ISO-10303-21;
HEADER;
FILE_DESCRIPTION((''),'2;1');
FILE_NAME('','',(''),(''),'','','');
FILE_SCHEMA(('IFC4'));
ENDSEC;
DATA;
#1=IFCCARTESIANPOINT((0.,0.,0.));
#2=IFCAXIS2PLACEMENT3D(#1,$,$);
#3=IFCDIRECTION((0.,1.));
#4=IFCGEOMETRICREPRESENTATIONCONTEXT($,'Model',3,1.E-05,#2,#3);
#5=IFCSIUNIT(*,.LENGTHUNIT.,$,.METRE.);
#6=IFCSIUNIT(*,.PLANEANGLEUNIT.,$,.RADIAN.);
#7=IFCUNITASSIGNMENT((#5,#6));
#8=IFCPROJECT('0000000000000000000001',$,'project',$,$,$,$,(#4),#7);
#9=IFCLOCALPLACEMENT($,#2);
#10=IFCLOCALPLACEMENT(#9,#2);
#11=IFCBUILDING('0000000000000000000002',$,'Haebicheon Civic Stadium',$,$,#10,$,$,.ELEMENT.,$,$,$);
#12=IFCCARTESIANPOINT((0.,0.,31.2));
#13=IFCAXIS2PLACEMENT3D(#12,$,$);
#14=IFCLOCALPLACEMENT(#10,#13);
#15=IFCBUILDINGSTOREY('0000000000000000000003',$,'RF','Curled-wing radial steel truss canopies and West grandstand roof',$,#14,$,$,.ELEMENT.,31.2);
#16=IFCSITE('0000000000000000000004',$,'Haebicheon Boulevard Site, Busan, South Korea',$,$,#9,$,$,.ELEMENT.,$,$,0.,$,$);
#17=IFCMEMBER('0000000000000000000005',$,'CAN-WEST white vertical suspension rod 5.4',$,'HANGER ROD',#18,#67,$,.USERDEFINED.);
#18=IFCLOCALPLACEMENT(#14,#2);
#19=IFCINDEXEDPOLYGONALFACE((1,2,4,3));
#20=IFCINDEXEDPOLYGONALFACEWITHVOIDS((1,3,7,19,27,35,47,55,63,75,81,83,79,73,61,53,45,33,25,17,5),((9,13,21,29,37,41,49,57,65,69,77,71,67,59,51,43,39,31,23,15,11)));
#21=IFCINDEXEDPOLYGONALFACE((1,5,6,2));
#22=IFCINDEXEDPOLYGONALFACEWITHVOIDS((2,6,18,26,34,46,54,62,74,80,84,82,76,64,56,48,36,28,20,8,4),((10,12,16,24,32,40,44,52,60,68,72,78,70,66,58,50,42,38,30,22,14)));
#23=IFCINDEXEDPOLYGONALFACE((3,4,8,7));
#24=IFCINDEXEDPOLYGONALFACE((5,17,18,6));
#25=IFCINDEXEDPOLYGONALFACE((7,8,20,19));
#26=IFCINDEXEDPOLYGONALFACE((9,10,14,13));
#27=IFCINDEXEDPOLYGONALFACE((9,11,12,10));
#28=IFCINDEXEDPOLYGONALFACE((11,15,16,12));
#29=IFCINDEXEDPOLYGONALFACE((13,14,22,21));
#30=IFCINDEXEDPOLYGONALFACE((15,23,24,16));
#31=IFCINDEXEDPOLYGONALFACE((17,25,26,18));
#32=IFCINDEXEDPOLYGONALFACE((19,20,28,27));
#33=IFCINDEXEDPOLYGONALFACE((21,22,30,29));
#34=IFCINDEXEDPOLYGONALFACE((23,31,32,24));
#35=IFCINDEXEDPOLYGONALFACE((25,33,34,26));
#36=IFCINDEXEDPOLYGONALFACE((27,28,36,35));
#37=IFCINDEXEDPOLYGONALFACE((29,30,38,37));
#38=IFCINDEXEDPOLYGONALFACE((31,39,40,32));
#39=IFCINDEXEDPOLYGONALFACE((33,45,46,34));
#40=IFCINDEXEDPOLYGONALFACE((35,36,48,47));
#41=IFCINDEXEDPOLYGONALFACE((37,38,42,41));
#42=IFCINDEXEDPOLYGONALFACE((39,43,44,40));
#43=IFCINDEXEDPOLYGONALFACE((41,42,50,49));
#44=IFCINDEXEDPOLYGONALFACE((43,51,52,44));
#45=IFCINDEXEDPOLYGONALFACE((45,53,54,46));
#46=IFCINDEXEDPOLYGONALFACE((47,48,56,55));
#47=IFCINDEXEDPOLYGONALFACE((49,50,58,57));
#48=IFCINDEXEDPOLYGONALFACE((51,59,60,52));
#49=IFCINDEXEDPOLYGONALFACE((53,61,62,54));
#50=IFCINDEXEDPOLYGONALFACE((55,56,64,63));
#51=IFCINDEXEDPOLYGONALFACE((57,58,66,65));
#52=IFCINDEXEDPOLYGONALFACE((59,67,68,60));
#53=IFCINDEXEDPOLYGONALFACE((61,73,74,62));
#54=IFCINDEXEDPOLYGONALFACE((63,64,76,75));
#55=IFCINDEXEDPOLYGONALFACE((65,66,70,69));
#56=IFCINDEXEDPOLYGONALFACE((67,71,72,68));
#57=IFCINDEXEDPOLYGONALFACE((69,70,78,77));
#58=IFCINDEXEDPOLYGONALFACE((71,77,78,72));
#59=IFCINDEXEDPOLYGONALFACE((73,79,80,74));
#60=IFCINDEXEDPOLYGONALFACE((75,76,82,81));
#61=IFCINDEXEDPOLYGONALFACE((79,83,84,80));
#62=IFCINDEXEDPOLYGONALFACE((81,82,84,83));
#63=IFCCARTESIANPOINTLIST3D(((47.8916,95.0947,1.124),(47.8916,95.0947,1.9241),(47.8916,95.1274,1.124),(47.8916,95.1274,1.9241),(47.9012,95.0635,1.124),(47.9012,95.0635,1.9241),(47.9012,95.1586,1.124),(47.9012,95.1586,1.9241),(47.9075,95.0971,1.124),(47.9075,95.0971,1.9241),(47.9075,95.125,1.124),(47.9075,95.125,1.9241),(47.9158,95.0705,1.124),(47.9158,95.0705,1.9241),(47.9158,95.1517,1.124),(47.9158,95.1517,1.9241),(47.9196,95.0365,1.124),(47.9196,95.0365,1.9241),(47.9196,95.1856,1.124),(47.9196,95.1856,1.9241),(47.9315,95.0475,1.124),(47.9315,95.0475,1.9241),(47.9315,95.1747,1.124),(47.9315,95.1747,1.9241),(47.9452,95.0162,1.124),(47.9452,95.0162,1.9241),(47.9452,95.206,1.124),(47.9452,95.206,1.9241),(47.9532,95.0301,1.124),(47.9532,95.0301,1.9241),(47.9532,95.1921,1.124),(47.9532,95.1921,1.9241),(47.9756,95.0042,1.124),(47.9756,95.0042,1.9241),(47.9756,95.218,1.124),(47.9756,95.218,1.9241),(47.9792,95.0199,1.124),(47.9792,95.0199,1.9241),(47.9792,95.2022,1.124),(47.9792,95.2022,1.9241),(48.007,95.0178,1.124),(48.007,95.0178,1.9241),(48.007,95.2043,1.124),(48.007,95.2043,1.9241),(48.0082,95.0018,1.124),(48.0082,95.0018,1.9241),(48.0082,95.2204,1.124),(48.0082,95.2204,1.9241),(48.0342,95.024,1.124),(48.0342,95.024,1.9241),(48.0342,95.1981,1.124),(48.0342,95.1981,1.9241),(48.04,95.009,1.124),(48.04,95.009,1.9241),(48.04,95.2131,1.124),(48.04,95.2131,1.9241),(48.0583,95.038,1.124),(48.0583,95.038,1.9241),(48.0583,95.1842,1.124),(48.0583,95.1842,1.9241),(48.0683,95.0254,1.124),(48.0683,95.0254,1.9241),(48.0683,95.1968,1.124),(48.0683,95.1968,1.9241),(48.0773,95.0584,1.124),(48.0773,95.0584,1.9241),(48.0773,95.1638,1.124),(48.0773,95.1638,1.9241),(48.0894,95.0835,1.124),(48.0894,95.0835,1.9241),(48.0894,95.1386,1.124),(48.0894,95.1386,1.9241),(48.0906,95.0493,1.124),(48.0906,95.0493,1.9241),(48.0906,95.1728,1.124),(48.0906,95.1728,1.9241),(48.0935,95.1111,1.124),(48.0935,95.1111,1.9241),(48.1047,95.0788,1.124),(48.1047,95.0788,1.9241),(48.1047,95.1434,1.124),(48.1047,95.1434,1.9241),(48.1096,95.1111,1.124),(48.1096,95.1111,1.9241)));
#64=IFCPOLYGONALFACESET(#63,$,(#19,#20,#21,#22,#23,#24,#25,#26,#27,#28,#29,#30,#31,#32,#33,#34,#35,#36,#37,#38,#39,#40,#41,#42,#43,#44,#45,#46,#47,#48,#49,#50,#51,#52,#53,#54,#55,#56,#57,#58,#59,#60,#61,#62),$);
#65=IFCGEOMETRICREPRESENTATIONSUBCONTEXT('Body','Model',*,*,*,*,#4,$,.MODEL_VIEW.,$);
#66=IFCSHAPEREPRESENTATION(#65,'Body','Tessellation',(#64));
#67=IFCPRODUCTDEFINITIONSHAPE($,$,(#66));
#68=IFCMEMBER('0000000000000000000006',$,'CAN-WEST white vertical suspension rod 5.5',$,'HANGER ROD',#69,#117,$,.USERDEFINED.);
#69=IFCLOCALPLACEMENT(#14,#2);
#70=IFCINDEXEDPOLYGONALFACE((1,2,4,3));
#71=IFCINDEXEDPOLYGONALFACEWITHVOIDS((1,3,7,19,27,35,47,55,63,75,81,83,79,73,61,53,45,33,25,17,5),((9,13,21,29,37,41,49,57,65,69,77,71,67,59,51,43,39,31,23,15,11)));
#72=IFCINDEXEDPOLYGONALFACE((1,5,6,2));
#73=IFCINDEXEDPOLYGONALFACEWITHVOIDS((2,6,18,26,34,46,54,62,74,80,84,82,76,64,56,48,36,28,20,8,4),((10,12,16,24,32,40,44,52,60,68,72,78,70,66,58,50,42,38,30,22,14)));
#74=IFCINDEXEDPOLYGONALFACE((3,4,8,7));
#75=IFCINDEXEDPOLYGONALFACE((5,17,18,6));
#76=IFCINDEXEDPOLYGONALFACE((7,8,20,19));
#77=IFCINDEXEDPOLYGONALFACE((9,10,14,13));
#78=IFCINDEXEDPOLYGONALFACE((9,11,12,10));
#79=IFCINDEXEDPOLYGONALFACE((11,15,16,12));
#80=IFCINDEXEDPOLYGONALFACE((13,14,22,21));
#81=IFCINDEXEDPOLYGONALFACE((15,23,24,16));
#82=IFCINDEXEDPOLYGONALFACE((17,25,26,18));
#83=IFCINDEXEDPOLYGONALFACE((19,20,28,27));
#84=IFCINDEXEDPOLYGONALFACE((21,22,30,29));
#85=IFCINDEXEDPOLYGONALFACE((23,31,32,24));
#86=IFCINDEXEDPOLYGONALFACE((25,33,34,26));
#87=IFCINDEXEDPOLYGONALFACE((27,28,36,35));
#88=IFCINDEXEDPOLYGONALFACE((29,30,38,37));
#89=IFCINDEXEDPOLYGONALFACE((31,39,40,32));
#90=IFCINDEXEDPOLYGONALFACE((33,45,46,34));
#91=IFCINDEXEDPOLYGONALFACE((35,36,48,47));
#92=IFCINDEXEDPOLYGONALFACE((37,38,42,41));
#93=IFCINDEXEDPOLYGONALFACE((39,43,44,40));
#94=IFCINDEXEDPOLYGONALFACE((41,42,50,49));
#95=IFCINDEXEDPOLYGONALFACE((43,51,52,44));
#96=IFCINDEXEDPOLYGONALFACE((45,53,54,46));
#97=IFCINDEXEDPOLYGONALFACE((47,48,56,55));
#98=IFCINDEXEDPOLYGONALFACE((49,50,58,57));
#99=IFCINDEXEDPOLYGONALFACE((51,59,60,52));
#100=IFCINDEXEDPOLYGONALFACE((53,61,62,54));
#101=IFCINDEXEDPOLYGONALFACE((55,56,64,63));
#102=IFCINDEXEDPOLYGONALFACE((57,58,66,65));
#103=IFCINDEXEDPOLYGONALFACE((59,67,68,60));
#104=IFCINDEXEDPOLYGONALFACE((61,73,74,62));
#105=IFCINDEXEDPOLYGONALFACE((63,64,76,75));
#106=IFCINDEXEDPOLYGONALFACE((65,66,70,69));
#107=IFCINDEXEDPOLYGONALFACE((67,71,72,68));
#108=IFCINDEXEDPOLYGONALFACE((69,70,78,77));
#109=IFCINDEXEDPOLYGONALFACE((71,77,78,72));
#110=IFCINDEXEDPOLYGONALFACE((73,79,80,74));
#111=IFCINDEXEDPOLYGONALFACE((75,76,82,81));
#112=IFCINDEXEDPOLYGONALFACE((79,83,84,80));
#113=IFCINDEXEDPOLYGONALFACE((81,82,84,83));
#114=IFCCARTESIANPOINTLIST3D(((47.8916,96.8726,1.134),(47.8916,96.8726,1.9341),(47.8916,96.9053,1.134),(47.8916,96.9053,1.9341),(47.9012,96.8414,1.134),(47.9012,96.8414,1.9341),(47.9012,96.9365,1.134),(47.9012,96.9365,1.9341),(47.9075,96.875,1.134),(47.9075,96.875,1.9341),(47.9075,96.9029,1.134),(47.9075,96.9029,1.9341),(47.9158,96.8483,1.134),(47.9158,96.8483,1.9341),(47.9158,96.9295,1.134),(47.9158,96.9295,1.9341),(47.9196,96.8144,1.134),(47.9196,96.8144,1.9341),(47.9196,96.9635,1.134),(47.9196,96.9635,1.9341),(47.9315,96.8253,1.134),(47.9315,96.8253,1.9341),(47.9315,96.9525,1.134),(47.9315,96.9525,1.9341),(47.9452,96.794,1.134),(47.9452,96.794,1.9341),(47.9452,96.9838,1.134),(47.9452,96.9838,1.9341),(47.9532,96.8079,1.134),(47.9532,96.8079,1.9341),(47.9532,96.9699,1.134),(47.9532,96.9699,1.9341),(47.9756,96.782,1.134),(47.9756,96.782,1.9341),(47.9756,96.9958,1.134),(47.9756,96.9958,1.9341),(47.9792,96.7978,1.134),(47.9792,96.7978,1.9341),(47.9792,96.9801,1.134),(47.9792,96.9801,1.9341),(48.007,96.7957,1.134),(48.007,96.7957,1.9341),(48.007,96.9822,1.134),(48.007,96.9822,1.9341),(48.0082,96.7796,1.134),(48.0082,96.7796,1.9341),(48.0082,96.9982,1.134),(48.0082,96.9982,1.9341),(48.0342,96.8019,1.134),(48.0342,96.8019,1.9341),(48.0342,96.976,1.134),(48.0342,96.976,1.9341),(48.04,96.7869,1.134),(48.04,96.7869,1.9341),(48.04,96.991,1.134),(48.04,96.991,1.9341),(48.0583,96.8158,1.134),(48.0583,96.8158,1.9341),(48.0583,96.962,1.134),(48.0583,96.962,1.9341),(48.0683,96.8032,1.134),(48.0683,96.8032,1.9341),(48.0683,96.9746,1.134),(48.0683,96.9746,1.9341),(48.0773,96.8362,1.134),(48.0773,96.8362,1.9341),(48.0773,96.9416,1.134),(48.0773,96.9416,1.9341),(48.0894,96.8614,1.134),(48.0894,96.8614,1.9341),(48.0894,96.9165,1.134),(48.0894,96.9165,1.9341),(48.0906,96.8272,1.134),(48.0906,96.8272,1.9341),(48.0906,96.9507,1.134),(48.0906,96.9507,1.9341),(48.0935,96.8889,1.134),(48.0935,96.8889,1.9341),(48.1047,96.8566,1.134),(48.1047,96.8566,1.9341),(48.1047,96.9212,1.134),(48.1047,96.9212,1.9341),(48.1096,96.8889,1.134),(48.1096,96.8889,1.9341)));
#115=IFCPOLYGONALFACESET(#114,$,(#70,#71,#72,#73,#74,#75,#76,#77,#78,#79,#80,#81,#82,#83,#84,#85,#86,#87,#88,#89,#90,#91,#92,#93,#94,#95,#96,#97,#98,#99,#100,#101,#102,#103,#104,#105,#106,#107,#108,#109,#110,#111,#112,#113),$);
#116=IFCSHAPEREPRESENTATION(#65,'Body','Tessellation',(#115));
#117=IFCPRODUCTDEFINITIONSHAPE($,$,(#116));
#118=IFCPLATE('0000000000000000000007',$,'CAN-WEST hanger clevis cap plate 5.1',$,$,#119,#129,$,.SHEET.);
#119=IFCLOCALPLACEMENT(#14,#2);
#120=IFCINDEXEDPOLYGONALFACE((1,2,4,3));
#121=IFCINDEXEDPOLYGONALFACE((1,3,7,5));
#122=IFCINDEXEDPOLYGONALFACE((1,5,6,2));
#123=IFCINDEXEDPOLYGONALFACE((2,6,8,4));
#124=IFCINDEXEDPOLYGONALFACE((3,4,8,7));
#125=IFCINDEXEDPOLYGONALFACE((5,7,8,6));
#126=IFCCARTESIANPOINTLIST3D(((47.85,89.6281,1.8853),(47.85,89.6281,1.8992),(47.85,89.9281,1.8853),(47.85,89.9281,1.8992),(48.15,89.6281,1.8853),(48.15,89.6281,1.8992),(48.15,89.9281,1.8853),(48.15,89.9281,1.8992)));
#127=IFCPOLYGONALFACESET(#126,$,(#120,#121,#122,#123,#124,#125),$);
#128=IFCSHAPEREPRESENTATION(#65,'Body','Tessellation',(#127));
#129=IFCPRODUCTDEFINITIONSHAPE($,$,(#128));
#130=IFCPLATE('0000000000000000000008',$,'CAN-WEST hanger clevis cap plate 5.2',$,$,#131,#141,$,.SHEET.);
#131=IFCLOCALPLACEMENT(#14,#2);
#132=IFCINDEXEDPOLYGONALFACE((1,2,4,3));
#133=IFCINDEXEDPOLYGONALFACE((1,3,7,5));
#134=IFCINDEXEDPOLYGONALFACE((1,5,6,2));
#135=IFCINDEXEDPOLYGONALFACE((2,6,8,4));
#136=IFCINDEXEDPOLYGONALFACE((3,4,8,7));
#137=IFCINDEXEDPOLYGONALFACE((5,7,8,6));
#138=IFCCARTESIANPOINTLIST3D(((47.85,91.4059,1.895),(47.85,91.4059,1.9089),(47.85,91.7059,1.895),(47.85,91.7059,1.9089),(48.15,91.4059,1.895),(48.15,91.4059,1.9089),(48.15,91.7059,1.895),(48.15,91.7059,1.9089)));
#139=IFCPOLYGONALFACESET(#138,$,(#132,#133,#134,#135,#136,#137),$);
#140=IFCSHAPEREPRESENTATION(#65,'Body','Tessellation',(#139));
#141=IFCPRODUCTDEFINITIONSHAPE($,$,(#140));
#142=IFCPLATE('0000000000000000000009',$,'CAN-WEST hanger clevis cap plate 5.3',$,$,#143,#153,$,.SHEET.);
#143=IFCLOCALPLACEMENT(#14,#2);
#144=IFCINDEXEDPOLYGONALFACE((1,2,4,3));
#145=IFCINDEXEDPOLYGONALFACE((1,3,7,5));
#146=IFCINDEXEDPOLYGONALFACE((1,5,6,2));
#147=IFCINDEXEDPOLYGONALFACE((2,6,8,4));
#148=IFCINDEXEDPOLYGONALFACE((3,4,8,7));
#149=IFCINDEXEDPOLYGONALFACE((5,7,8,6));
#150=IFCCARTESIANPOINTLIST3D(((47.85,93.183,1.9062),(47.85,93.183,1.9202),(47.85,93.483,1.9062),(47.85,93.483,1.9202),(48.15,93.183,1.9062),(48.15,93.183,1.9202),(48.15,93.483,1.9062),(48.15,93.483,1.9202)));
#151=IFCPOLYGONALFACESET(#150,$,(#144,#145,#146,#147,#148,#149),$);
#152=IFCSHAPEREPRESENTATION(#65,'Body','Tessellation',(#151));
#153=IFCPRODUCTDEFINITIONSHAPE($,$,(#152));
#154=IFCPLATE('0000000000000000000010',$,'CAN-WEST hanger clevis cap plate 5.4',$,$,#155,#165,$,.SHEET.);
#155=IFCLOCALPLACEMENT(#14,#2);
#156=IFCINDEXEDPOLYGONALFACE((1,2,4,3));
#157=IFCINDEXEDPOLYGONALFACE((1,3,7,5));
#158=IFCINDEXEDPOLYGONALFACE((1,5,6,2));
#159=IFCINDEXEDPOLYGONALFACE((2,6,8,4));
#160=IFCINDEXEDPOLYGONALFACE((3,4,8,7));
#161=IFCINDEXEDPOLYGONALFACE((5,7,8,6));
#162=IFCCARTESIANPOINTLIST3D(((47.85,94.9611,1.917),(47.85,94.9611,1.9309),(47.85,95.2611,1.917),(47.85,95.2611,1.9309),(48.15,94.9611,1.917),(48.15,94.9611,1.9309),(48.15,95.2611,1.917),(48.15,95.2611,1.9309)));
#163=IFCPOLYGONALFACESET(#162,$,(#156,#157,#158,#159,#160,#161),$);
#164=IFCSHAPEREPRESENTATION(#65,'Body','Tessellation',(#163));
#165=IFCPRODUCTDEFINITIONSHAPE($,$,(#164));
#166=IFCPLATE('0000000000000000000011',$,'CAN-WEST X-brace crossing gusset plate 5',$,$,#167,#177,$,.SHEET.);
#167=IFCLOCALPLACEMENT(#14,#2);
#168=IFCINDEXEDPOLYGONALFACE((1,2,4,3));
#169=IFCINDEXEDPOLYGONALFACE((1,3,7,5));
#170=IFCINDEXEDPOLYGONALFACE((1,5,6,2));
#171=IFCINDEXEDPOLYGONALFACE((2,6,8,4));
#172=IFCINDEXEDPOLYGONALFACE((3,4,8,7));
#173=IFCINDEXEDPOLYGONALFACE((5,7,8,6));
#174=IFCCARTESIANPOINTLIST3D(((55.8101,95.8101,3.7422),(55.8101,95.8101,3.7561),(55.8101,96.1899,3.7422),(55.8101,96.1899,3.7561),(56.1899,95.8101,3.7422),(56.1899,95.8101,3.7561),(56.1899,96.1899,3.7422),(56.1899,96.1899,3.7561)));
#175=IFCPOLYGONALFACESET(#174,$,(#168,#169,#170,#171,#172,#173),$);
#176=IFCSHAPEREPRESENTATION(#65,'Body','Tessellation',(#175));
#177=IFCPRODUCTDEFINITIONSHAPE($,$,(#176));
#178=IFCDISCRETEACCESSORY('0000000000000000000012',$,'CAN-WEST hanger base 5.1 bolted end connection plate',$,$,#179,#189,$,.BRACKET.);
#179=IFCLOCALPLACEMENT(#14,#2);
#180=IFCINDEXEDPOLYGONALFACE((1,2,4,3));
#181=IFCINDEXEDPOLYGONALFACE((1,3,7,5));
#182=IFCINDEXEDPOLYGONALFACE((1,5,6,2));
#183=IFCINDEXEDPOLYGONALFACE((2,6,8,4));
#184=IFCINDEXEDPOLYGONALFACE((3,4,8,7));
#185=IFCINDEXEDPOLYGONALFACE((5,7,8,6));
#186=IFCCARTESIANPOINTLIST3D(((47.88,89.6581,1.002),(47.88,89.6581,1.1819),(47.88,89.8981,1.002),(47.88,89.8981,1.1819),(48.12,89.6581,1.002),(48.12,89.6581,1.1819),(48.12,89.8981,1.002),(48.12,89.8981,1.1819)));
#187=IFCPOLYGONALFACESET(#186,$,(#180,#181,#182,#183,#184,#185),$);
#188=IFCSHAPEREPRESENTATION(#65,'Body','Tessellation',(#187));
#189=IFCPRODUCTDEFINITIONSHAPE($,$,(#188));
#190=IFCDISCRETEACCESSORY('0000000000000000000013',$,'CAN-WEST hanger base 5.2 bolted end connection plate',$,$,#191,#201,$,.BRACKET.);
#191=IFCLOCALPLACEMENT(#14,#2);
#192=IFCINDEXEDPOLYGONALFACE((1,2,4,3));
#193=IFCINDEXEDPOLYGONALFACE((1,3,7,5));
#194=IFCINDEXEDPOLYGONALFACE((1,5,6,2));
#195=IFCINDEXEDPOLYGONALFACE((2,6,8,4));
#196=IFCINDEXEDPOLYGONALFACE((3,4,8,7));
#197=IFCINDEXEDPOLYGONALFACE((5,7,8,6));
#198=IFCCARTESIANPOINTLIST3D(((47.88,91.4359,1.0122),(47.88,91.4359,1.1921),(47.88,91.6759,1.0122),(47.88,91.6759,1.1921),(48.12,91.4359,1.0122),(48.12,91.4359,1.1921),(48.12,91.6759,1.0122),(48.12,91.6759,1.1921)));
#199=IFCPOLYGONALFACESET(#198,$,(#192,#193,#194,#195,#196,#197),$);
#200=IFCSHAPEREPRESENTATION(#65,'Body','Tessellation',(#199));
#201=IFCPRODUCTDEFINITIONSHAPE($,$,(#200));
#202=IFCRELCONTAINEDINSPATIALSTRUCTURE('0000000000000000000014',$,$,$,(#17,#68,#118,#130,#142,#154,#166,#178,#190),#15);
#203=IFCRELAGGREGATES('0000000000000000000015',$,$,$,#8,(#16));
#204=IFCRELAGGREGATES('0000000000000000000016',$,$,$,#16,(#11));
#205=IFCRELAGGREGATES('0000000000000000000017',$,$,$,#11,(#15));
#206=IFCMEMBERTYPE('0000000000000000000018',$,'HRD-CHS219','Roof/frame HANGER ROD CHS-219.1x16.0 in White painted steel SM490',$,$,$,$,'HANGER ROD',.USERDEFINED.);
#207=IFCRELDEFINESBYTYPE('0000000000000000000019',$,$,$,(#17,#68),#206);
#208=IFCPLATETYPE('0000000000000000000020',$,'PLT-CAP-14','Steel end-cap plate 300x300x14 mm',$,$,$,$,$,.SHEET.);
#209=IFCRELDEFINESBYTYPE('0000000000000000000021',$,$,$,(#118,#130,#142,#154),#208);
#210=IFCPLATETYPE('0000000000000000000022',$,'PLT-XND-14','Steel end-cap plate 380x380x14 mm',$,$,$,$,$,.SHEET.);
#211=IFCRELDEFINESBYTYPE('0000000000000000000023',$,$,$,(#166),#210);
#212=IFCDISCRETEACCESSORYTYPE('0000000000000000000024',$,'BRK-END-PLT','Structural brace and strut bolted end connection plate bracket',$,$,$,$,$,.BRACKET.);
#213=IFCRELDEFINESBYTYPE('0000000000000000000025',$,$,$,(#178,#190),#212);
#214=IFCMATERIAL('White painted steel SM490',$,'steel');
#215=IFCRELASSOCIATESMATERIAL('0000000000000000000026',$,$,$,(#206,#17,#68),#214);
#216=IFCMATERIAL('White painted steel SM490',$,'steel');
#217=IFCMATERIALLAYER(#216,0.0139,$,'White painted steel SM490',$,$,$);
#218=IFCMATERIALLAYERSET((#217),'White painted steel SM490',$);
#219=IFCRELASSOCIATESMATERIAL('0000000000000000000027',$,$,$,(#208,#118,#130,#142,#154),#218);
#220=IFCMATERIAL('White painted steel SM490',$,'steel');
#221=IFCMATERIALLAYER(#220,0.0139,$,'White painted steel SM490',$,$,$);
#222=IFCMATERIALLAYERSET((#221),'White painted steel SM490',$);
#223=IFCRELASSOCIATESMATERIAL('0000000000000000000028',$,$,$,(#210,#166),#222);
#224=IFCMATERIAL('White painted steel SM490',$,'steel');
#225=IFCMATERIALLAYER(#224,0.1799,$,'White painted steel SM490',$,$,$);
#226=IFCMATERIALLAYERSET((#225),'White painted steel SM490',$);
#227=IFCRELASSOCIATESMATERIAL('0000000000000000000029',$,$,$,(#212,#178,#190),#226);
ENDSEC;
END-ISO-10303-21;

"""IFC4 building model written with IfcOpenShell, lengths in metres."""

from ifc_helpers import new_model, si_unit, direction, frame, origin, origin_2d, place, context, subcontext, project, spatial, rectangle, hollow_circle, extrude, material, layer, layer_set, material_profile, profile_set, type_object, element, save


model = new_model("IFC4")

# Units and contexts
model_context = context("Model", 3, precision=1e-05, world=origin(), true_north=direction((0.0, 1.0)))
body_context = subcontext(model_context, "Body", "Model", "MODEL_VIEW")
ifc_project = project(units=[si_unit("LENGTHUNIT", "METRE"), si_unit("PLANEANGLEUNIT", "RADIAN")], contexts=[model_context])

# Site, building, storey
site_placement = place(None, origin())
site = spatial("IfcSite", under=ifc_project, at=site_placement, Name="Haebicheon Boulevard Site, Busan, South Korea", CompositionType="ELEMENT", RefElevation=0.0)
building_placement = place(site_placement, origin())
building = spatial("IfcBuilding", under=site, at=building_placement, Name="Haebicheon Civic Stadium", CompositionType="ELEMENT")
storey_placement = place(building_placement, frame((0.0, 0.0, 31.2)))
storey = spatial("IfcBuildingStorey", under=building, at=storey_placement, Name="RF", Description="Curled-wing radial steel truss canopies and West grandstand roof", CompositionType="ELEMENT", Elevation=31.2)

# Members
ifc_material_1 = material(Name="White painted steel SM490", Category="steel")
ifc_material_profile_1 = material_profile(ifc_material_1, hollow_circle(Radius=0.1096, WallThickness=0.0161, at=origin_2d()), Name="CHS-219.1x16.0")
ifc_profile_set_1 = profile_set([ifc_material_profile_1], Name="White painted steel SM490")
member_type_1 = type_object("IfcMemberType", Name="HRD-CHS219", Description="Roof/frame HANGER ROD CHS-219.1x16.0 in White painted steel SM490", ElementType="HANGER ROD", PredefinedType="USERDEFINED", material=ifc_profile_set_1)
for number, where, z_axis, x_axis, name in (
    (1, (48.0, 95.1111, 1.124), (0.0, 0.0, 1.0), (1.0, 0.0, 0.0), "CAN-WEST white vertical suspension rod 5.4"),
    (2, (48.0, 96.8889, 1.134), (0.0, 0.0, 1.0), (1.0, 0.0, 0.0), "CAN-WEST white vertical suspension rod 5.5"),
):
    element("IfcMember", number, at=place(storey_placement, frame(where, z_axis=z_axis, x_axis=x_axis)), inside=storey, type_object=member_type_1, material=ifc_profile_set_1, Name=name, ObjectType="HANGER ROD", PredefinedType="USERDEFINED", context=body_context, shape_type="SweptSolid", body=[
        extrude(hollow_circle(Radius=0.1096, WallThickness=0.0161, at=origin_2d()), origin(), (0.0, 0.0, 1.0), 0.8),
    ])

# Plates
ifc_material_2 = material(Name="White painted steel SM490", Category="steel")
ifc_layer_1 = layer(ifc_material_2, 0.0139, Name="White painted steel SM490")
ifc_layer_set_1 = layer_set([ifc_layer_1], Name="White painted steel SM490")
plate_type_1 = type_object("IfcPlateType", Name="PLT-CAP-14", Description="Steel end-cap plate 300x300x14 mm", PredefinedType="SHEET", material=ifc_layer_set_1)
for number, where, z_axis, x_axis, name in (
    (3, (48.0, 89.7781, 1.8853), (0.0, 0.0, 1.0), (1.0, 0.0, 0.0), "CAN-WEST hanger clevis cap plate 5.1"),
    (4, (48.0, 91.5559, 1.895), (0.0, 0.0, 1.0), (1.0, 0.0, 0.0), "CAN-WEST hanger clevis cap plate 5.2"),
    (5, (48.0, 93.333, 1.9062), (0.0, 0.0, 1.0), (1.0, 0.0, 0.0), "CAN-WEST hanger clevis cap plate 5.3"),
    (6, (48.0, 95.1111, 1.917), (0.0, 0.0, 1.0), (1.0, 0.0, 0.0), "CAN-WEST hanger clevis cap plate 5.4"),
):
    element("IfcPlate", number, at=place(storey_placement, frame(where, z_axis=z_axis, x_axis=x_axis)), inside=storey, type_object=plate_type_1, material=ifc_layer_set_1, Name=name, PredefinedType="SHEET", context=body_context, shape_type="SweptSolid", body=[
        extrude(rectangle(XDim=0.3, YDim=0.3, at=origin_2d()), origin(), (0.0, 0.0, 1.0), 0.0139),
    ])
ifc_material_3 = material(Name="White painted steel SM490", Category="steel")
ifc_layer_2 = layer(ifc_material_3, 0.0139, Name="White painted steel SM490")
ifc_layer_set_2 = layer_set([ifc_layer_2], Name="White painted steel SM490")
plate_type_2 = type_object("IfcPlateType", Name="PLT-XND-14", Description="Steel end-cap plate 380x380x14 mm", PredefinedType="SHEET", material=ifc_layer_set_2)
plate_placement = place(storey_placement, frame((56.0, 96.0, 3.7422), z_axis=(0.0, 0.0, 1.0), x_axis=(1.0, 0.0, 0.0)))
element("IfcPlate", 7, at=plate_placement, inside=storey, type_object=plate_type_2, material=ifc_layer_set_2, Name="CAN-WEST X-brace crossing gusset plate 5", PredefinedType="SHEET", context=body_context, shape_type="SweptSolid", body=[
    extrude(rectangle(XDim=0.3799, YDim=0.3799, at=origin_2d()), origin(), (0.0, 0.0, 1.0), 0.0139),
])

# Discrete accessories
ifc_material_4 = material(Name="White painted steel SM490", Category="steel")
ifc_layer_3 = layer(ifc_material_4, 0.1799, Name="White painted steel SM490")
ifc_layer_set_3 = layer_set([ifc_layer_3], Name="White painted steel SM490")
discrete_accessory_type = type_object("IfcDiscreteAccessoryType", Name="BRK-END-PLT", Description="Structural brace and strut bolted end connection plate bracket", PredefinedType="BRACKET", material=ifc_layer_set_3)
for number, where, z_axis, x_axis, name in (
    (8, (48.0, 89.7781, 1.002), (0.0, 0.0, 1.0), (1.0, 0.0, 0.0), "CAN-WEST hanger base 5.1 bolted end connection plate"),
    (9, (48.0, 91.5559, 1.0122), (0.0, 0.0, 1.0), (1.0, 0.0, 0.0), "CAN-WEST hanger base 5.2 bolted end connection plate"),
):
    element("IfcDiscreteAccessory", number, at=place(storey_placement, frame(where, z_axis=z_axis, x_axis=x_axis)), inside=storey, type_object=discrete_accessory_type, material=ifc_layer_set_3, Name=name, PredefinedType="BRACKET", context=body_context, shape_type="SweptSolid", body=[
        extrude(rectangle(XDim=0.24, YDim=0.24, at=origin_2d()), origin(), (0.0, 0.0, 1.0), 0.1799),
    ])

save(model, "model.ifc")
